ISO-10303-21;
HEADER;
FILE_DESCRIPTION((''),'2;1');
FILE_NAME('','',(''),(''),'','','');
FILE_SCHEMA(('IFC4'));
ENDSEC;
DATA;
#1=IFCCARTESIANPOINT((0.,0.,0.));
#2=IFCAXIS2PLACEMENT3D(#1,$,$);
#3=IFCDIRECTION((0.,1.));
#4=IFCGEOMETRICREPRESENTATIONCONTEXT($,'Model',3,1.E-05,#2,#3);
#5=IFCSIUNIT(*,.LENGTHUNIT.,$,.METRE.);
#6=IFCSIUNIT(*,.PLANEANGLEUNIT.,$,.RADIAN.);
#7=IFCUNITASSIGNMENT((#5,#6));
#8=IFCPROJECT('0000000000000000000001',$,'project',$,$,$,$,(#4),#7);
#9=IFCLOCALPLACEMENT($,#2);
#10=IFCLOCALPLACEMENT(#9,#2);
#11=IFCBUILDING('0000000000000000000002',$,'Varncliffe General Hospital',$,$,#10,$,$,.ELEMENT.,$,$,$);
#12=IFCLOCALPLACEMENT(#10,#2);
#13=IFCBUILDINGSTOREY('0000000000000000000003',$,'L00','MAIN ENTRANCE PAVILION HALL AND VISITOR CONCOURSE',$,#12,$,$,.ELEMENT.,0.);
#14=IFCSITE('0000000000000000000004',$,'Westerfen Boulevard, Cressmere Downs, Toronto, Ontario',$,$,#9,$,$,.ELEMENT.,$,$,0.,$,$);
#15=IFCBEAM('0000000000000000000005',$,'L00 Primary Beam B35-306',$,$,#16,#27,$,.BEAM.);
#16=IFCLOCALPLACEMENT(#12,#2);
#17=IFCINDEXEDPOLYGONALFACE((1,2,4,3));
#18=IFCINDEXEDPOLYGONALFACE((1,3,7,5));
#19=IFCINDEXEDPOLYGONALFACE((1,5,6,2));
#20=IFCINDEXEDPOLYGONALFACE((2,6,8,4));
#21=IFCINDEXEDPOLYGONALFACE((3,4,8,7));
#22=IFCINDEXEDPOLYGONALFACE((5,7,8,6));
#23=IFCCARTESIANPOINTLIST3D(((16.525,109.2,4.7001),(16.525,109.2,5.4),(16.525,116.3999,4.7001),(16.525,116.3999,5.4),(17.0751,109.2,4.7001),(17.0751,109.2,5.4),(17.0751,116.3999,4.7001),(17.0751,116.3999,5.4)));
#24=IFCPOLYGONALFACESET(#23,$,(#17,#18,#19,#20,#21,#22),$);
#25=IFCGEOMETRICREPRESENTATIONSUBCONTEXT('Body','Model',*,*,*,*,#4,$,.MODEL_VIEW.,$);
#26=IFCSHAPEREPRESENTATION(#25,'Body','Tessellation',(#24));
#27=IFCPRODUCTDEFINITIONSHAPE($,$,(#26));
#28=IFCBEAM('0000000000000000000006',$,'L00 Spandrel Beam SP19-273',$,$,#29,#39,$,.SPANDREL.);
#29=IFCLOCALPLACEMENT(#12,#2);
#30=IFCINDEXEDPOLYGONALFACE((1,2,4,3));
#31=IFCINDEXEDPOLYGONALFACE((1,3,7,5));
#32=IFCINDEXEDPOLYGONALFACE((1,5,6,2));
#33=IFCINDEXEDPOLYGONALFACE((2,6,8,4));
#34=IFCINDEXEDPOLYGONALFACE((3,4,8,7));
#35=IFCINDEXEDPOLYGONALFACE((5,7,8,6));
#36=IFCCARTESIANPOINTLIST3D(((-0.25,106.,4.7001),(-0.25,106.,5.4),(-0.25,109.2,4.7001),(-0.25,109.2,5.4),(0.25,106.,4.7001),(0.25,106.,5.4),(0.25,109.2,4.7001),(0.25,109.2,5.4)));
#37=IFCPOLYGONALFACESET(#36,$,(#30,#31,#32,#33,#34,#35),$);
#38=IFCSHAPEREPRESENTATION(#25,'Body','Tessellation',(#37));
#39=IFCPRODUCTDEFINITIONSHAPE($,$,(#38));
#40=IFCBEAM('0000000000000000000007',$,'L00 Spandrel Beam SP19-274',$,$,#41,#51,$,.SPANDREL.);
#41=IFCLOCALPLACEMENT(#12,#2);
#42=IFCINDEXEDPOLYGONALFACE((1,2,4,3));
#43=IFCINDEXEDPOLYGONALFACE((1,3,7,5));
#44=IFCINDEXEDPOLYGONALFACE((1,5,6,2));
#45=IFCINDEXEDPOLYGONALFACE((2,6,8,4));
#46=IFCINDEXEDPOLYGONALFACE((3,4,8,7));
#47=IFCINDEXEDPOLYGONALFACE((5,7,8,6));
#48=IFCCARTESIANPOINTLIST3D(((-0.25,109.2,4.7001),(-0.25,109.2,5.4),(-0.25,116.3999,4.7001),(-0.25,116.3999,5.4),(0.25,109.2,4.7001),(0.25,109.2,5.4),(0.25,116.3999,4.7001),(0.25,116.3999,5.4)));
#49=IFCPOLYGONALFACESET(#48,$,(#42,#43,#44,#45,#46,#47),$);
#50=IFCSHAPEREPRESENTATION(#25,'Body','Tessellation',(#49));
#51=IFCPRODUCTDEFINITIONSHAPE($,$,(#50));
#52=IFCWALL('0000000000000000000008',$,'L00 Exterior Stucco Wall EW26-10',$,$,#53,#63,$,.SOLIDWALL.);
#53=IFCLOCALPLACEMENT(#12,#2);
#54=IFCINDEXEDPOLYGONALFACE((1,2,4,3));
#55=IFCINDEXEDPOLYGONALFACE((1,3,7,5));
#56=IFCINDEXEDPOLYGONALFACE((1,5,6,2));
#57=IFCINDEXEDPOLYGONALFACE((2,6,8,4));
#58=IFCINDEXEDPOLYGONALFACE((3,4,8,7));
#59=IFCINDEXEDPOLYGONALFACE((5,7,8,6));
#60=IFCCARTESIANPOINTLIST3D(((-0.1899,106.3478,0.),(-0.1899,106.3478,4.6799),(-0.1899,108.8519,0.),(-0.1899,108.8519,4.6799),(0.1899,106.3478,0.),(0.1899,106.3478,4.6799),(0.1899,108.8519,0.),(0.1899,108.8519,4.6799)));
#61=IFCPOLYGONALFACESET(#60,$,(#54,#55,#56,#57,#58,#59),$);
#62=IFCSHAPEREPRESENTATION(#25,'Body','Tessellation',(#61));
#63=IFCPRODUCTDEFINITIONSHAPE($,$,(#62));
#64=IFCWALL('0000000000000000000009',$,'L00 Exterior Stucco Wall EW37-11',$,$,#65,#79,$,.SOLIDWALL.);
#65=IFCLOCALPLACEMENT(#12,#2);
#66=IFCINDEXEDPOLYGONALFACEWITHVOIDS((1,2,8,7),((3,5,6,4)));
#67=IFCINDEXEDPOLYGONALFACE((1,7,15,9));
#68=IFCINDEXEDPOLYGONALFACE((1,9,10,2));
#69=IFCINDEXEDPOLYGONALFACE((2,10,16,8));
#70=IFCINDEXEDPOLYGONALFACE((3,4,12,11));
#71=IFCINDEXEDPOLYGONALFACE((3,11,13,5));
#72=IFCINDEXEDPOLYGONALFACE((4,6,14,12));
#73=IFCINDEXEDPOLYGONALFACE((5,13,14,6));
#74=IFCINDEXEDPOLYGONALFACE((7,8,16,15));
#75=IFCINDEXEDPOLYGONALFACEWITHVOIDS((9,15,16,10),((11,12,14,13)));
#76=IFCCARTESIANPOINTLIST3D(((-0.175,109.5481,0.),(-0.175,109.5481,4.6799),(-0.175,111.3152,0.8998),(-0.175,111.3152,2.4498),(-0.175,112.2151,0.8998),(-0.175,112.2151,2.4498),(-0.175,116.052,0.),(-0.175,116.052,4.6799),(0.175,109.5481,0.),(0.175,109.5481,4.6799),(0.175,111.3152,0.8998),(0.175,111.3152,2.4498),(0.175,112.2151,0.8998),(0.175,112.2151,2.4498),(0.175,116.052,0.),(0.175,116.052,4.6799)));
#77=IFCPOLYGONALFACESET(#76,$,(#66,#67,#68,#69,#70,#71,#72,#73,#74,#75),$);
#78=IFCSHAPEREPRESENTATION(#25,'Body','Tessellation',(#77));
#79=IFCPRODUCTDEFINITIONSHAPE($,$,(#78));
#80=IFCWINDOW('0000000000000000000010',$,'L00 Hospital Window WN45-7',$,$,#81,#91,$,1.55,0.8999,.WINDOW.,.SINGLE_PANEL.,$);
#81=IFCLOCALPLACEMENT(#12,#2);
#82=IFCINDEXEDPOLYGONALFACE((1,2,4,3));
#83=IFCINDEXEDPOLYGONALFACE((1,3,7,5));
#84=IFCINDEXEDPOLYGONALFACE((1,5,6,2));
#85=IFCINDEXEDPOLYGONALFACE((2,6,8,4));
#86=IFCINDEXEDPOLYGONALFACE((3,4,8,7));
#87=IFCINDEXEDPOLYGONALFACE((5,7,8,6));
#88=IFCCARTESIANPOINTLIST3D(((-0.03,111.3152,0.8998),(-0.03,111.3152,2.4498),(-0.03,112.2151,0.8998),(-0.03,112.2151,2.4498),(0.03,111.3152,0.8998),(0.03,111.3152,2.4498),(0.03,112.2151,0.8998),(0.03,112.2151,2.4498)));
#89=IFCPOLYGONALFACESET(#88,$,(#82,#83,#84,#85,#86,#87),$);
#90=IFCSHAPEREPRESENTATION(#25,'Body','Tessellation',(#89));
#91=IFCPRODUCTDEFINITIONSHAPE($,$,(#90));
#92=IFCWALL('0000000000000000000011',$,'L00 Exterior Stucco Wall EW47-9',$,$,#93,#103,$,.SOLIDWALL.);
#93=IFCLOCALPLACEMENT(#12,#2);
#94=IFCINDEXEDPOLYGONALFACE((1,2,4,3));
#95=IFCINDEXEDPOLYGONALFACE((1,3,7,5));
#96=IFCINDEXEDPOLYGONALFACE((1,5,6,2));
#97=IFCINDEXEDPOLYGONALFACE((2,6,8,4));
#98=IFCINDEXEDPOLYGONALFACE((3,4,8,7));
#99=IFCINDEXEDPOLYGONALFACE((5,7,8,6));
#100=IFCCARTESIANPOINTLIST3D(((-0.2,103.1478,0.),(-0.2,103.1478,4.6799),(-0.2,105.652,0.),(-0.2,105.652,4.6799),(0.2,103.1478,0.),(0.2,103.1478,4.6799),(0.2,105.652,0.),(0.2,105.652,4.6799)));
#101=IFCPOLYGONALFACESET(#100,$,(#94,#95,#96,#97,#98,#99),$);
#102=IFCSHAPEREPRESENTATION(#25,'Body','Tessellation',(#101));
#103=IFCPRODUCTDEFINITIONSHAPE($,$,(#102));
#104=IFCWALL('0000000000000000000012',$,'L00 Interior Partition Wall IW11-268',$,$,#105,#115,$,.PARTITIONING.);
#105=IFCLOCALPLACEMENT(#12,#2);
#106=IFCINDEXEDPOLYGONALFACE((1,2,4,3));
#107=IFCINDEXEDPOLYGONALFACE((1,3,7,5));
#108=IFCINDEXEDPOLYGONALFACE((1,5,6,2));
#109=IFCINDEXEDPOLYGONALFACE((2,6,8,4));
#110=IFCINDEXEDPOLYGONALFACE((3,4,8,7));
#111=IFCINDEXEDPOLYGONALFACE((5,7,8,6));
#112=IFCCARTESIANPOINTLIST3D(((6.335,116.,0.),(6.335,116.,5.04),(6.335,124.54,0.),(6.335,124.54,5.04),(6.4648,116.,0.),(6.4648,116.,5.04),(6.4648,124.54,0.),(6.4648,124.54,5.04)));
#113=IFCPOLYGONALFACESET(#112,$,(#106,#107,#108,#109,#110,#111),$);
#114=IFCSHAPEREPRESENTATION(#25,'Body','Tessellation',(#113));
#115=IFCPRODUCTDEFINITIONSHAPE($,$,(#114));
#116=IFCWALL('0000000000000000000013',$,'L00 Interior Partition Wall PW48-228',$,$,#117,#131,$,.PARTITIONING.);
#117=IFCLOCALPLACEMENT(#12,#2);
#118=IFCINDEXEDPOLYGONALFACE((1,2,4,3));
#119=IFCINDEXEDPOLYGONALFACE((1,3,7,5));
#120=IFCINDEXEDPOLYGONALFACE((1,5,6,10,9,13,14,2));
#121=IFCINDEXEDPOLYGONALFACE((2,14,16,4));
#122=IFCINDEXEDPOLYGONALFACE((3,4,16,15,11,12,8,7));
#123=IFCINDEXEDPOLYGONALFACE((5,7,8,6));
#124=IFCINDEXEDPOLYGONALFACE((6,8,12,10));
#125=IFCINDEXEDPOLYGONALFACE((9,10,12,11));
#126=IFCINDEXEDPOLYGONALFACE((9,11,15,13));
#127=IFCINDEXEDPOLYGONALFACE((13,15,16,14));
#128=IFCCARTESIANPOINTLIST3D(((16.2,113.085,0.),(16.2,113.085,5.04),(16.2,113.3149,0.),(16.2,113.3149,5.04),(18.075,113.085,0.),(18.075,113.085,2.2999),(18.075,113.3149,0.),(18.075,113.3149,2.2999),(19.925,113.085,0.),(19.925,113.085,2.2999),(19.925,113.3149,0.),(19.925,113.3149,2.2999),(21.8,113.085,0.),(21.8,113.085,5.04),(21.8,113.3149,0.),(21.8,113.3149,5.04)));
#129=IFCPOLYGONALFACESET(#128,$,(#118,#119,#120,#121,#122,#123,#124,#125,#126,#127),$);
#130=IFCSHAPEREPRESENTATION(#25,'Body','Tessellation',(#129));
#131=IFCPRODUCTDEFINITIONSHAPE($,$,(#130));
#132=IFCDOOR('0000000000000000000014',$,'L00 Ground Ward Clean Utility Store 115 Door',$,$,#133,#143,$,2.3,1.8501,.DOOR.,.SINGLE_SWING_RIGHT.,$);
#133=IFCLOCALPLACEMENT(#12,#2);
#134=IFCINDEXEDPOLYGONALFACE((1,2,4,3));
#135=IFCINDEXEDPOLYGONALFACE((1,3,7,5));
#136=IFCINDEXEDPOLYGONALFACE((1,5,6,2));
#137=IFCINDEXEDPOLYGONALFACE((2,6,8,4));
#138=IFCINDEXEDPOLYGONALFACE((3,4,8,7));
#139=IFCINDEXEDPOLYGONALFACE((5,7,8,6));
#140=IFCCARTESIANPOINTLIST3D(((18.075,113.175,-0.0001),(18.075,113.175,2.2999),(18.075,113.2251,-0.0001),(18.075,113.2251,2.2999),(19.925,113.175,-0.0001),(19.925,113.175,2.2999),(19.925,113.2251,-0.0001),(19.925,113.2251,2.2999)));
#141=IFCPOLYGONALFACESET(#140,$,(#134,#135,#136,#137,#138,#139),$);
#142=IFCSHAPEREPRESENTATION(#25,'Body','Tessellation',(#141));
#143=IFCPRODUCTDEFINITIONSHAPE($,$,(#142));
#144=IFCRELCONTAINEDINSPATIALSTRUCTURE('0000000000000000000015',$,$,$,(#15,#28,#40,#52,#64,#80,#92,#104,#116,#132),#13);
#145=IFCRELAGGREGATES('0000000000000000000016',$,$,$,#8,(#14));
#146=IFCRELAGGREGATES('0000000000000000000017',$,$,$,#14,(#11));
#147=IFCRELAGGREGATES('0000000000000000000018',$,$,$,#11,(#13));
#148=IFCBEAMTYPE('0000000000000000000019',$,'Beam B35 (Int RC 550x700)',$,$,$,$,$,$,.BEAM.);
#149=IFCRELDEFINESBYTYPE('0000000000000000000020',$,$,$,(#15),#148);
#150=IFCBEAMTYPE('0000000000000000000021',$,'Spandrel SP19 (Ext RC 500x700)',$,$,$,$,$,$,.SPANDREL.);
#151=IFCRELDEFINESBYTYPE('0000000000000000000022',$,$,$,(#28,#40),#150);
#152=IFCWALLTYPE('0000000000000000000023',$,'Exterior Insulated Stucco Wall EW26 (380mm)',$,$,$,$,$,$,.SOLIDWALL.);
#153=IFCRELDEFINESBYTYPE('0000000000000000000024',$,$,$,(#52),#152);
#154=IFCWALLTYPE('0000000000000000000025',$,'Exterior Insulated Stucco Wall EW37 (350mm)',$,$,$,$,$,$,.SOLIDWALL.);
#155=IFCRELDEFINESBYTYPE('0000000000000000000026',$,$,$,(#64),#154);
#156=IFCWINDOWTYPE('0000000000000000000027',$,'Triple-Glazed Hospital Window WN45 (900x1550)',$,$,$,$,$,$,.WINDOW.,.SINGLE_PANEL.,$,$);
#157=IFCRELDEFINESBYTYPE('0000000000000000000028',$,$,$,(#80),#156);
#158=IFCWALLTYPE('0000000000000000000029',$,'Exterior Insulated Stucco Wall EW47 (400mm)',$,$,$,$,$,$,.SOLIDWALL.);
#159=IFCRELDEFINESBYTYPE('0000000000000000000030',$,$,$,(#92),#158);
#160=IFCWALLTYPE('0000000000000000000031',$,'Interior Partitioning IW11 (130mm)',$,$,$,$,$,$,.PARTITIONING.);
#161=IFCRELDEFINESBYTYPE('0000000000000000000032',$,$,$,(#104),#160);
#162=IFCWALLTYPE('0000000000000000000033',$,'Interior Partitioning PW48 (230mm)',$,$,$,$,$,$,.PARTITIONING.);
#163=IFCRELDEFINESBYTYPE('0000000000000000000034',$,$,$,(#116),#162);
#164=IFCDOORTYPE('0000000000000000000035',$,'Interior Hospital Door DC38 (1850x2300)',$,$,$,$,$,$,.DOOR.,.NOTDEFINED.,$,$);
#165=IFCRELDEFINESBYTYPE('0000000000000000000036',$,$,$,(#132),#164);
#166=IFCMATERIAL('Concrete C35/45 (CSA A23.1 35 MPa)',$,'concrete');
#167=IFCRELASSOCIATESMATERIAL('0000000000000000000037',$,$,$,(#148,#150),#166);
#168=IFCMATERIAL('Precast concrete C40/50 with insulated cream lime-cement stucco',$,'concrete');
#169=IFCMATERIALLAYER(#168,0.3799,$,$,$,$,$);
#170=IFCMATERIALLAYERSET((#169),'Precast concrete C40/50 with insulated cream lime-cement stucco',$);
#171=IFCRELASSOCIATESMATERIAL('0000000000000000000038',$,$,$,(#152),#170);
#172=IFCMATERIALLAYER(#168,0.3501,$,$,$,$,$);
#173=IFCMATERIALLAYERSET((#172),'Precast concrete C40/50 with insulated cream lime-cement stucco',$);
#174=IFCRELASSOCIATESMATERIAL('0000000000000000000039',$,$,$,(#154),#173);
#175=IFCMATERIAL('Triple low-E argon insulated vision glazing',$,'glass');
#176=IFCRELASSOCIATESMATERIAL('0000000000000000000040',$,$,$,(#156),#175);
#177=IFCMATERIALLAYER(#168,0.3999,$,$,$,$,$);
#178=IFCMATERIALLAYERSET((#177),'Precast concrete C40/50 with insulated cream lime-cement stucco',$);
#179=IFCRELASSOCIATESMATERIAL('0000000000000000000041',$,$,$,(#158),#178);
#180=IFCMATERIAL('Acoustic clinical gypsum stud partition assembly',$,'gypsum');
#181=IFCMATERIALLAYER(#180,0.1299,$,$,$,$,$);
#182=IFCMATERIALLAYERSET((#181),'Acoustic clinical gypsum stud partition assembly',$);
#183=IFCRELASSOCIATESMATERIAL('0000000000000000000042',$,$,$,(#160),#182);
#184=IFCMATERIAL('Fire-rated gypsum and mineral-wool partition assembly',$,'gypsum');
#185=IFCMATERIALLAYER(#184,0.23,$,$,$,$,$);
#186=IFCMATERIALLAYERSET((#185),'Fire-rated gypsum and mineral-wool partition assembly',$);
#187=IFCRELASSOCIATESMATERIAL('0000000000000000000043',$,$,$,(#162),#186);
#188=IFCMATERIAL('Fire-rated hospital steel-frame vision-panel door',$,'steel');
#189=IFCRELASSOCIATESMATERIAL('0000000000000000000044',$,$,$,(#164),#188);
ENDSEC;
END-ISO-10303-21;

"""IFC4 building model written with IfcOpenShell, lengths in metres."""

from ifc_helpers import new_model, si_unit, direction, frame, frame_2d, origin, origin_2d, place, context, subcontext, project, spatial, rectangle, extrude, material, layer, layer_set, material_profile, profile_set, type_object, element, fill, save


model = new_model("IFC4")

# Units and contexts
model_context = context("Model", 3, precision=1e-05, world=origin(), true_north=direction((0.0, 1.0)))
body_context = subcontext(model_context, "Body", "Model", "MODEL_VIEW")
ifc_project = project(units=[si_unit("LENGTHUNIT", "METRE"), si_unit("PLANEANGLEUNIT", "RADIAN")], contexts=[model_context])

# Site, building, storey
site_placement = place(None, origin())
site = spatial("IfcSite", under=ifc_project, at=site_placement, Name="Westerfen Boulevard, Cressmere Downs, Toronto, Ontario", CompositionType="ELEMENT", RefElevation=0.0)
building_placement = place(site_placement, origin())
building = spatial("IfcBuilding", under=site, at=building_placement, Name="Varncliffe General Hospital", CompositionType="ELEMENT")
storey_placement = place(building_placement, origin())
storey = spatial("IfcBuildingStorey", under=building, at=storey_placement, Name="L00", Description="MAIN ENTRANCE PAVILION HALL AND VISITOR CONCOURSE", CompositionType="ELEMENT", Elevation=0.0)

# Beams
ifc_material_1 = material(Name="Concrete C35/45 (CSA A23.1 35 MPa)", Category="concrete")
ifc_material_profile_1 = material_profile(ifc_material_1, rectangle(XDim=0.55, YDim=0.7, at=origin_2d()), Name="RC 550x700")
ifc_profile_set_1 = profile_set([ifc_material_profile_1], Name="Concrete C35/45 (CSA A23.1 35 MPa)")
beam_type_1 = type_object("IfcBeamType", Name="Beam B35 (Int RC 550x700)", PredefinedType="BEAM", material=ifc_profile_set_1)
beam_1_placement = place(storey_placement, frame((16.8, 109.2, 5.05), z_axis=(0.0, 1.0, 0.0), x_axis=(-1.0, 0.0, 0.0)))
element("IfcBeam", 1, at=beam_1_placement, inside=storey, type_object=beam_type_1, Name="L00 Primary Beam B35-306", PredefinedType="BEAM", context=body_context, shape_type="SweptSolid", body=[
    extrude(rectangle(XDim=0.55, YDim=0.7, at=origin_2d()), origin(), (0.0, 0.0, 1.0), 7.2),
])
ifc_material_profile_2 = material_profile(ifc_material_1, rectangle(XDim=0.5, YDim=0.7, at=origin_2d()), Name="RC 500x700")
ifc_profile_set_2 = profile_set([ifc_material_profile_2], Name="Concrete C35/45 (CSA A23.1 35 MPa)")
beam_type_2 = type_object("IfcBeamType", Name="Spandrel SP19 (Ext RC 500x700)", PredefinedType="SPANDREL", material=ifc_profile_set_2)
beam_2_placement = place(storey_placement, frame((0.0, 106.0, 5.05), z_axis=(0.0, 1.0, 0.0), x_axis=(-1.0, 0.0, 0.0)))
element("IfcBeam", 2, at=beam_2_placement, inside=storey, type_object=beam_type_2, Name="L00 Spandrel Beam SP19-273", PredefinedType="SPANDREL", context=body_context, shape_type="SweptSolid", body=[
    extrude(rectangle(XDim=0.5, YDim=0.7, at=origin_2d()), origin(), (0.0, 0.0, 1.0), 3.2),
])
beam_3_placement = place(storey_placement, frame((0.0, 109.2, 5.05), z_axis=(0.0, 1.0, 0.0), x_axis=(-1.0, 0.0, 0.0)))
element("IfcBeam", 3, at=beam_3_placement, inside=storey, type_object=beam_type_2, Name="L00 Spandrel Beam SP19-274", PredefinedType="SPANDREL", context=body_context, shape_type="SweptSolid", body=[
    extrude(rectangle(XDim=0.5, YDim=0.7, at=origin_2d()), origin(), (0.0, 0.0, 1.0), 7.2),
])

# Wall
ifc_material_2 = material(Name="Precast concrete C40/50 with insulated cream lime-cement stucco", Category="concrete")
ifc_layer_1 = layer(ifc_material_2, 0.3799)
ifc_layer_set_1 = layer_set([ifc_layer_1], Name="Precast concrete C40/50 with insulated cream lime-cement stucco")
wall_type_1 = type_object("IfcWallType", Name="Exterior Insulated Stucco Wall EW26 (380mm)", PredefinedType="SOLIDWALL", material=ifc_layer_set_1)
wall_1_placement = place(storey_placement, frame((0.0, 106.3479, 0.0), z_axis=(0.0, 0.0, 1.0), x_axis=(0.0, 1.0, 0.0)))
element("IfcWall", 4, at=wall_1_placement, inside=storey, type_object=wall_type_1, Name="L00 Exterior Stucco Wall EW26-10", PredefinedType="SOLIDWALL", context=body_context, shape_type="SweptSolid", body=[
    extrude(rectangle(XDim=2.5042, YDim=0.3799, at=frame_2d((1.252, 0.0))), origin(), (0.0, 0.0, 1.0), 4.6799),
])

# Wall, opening, window
ifc_layer_2 = layer(ifc_material_2, 0.3501)
ifc_layer_set_2 = layer_set([ifc_layer_2], Name="Precast concrete C40/50 with insulated cream lime-cement stucco")
wall_type_2 = type_object("IfcWallType", Name="Exterior Insulated Stucco Wall EW37 (350mm)", PredefinedType="SOLIDWALL", material=ifc_layer_set_2)
wall_2_placement = place(storey_placement, frame((0.0, 109.5481, 0.0), z_axis=(0.0, 0.0, 1.0), x_axis=(0.0, 1.0, 0.0)))
wall_2 = element("IfcWall", 5, at=wall_2_placement, inside=storey, type_object=wall_type_2, Name="L00 Exterior Stucco Wall EW37-11", PredefinedType="SOLIDWALL", context=body_context, shape_type="SweptSolid", body=[
    extrude(rectangle(XDim=6.5039, YDim=0.3501, at=frame_2d((3.252, 0.0))), origin(), (0.0, 0.0, 1.0), 4.6799),
])
opening_1_placement = place(wall_2_placement, frame((1.7671, 0.0, 0.8999)))
opening_1 = element("IfcOpeningElement", 6, at=opening_1_placement, cuts=wall_2, PredefinedType="OPENING", context=body_context, shape_type="SweptSolid", body=[
    extrude(rectangle(XDim=0.8999, YDim=1.55, at=frame_2d((0.45, 0.7749))), frame((0.0, 0.1851, 0.0), z_axis=(0.0, -1.0, 0.0), x_axis=(1.0, 0.0, 0.0)), (0.0, 0.0, 1.0), 0.3701),
])
ifc_material_3 = material(Name="Triple low-E argon insulated vision glazing", Category="glass")
window_type = type_object("IfcWindowType", Name="Triple-Glazed Hospital Window WN45 (900x1550)", PartitioningType="SINGLE_PANEL", PredefinedType="WINDOW", material=ifc_material_3)
window_placement = place(opening_1_placement, origin())
window = element("IfcWindow", 7, at=window_placement, inside=storey, type_object=window_type, Name="L00 Hospital Window WN45-7", OverallHeight=1.55, OverallWidth=0.8999, PartitioningType="SINGLE_PANEL", PredefinedType="WINDOW", context=body_context, shape_type="SweptSolid", body=[
    extrude(rectangle(XDim=0.8999, YDim=1.55, at=frame_2d((0.45, 0.7749))), frame((0.0, 0.03, 0.0), z_axis=(0.0, -1.0, 0.0), x_axis=(1.0, 0.0, 0.0)), (0.0, 0.0, 1.0), 0.0601),
])
fill(opening_1, window)

# Walls
ifc_layer_3 = layer(ifc_material_2, 0.3999)
ifc_layer_set_3 = layer_set([ifc_layer_3], Name="Precast concrete C40/50 with insulated cream lime-cement stucco")
wall_type_3 = type_object("IfcWallType", Name="Exterior Insulated Stucco Wall EW47 (400mm)", PredefinedType="SOLIDWALL", material=ifc_layer_set_3)
wall_3_placement = place(storey_placement, frame((0.0, 103.1479, 0.0), z_axis=(0.0, 0.0, 1.0), x_axis=(0.0, 1.0, 0.0)))
element("IfcWall", 8, at=wall_3_placement, inside=storey, type_object=wall_type_3, Name="L00 Exterior Stucco Wall EW47-9", PredefinedType="SOLIDWALL", context=body_context, shape_type="SweptSolid", body=[
    extrude(rectangle(XDim=2.5042, YDim=0.3999, at=frame_2d((1.252, 0.0))), origin(), (0.0, 0.0, 1.0), 4.6799),
])
ifc_material_4 = material(Name="Acoustic clinical gypsum stud partition assembly", Category="gypsum")
ifc_layer_4 = layer(ifc_material_4, 0.1299)
ifc_layer_set_4 = layer_set([ifc_layer_4], Name="Acoustic clinical gypsum stud partition assembly")
wall_type_4 = type_object("IfcWallType", Name="Interior Partitioning IW11 (130mm)", PredefinedType="PARTITIONING", material=ifc_layer_set_4)
wall_4_placement = place(storey_placement, frame((6.3999, 116.0, 0.0), z_axis=(0.0, 0.0, 1.0), x_axis=(0.0, 1.0, 0.0)))
element("IfcWall", 9, at=wall_4_placement, inside=storey, type_object=wall_type_4, Name="L00 Interior Partition Wall IW11-268", PredefinedType="PARTITIONING", context=body_context, shape_type="SweptSolid", body=[
    extrude(rectangle(XDim=8.54, YDim=0.1299, at=frame_2d((4.27, 0.0))), origin(), (0.0, 0.0, 1.0), 5.04),
])

# Wall, opening, door
ifc_material_5 = material(Name="Fire-rated gypsum and mineral-wool partition assembly", Category="gypsum")
ifc_layer_5 = layer(ifc_material_5, 0.23)
ifc_layer_set_5 = layer_set([ifc_layer_5], Name="Fire-rated gypsum and mineral-wool partition assembly")
wall_type_5 = type_object("IfcWallType", Name="Interior Partitioning PW48 (230mm)", PredefinedType="PARTITIONING", material=ifc_layer_set_5)
wall_5_placement = place(storey_placement, frame((16.2, 113.2, 0.0), z_axis=(0.0, 0.0, 1.0), x_axis=(1.0, 0.0, 0.0)))
wall_5 = element("IfcWall", 10, at=wall_5_placement, inside=storey, type_object=wall_type_5, Name="L00 Interior Partition Wall PW48-228", PredefinedType="PARTITIONING", context=body_context, shape_type="SweptSolid", body=[
    extrude(rectangle(XDim=5.6001, YDim=0.23, at=frame_2d((2.8, 0.0))), origin(), (0.0, 0.0, 1.0), 5.04),
])
opening_2_placement = place(wall_5_placement, frame((1.875, 0.0, 0.0)))
opening_2 = element("IfcOpeningElement", 11, at=opening_2_placement, cuts=wall_5, PredefinedType="OPENING", context=body_context, shape_type="SweptSolid", body=[
    extrude(rectangle(XDim=1.8501, YDim=2.3, at=frame_2d((0.925, 1.1499))), frame((0.0, 0.125, 0.0), z_axis=(0.0, -1.0, 0.0), x_axis=(1.0, 0.0, 0.0)), (0.0, 0.0, 1.0), 0.25),
])
ifc_material_6 = material(Name="Fire-rated hospital steel-frame vision-panel door", Category="steel")
door_type_1 = type_object("IfcDoorType", Name="Interior Hospital Door DC38 (1850x2300)", OperationType="NOTDEFINED", PredefinedType="DOOR", material=ifc_material_6)
door_1_placement = place(opening_2_placement, frame((1.8501, 0.0, 0.0), z_axis=(0.0, 0.0, 1.0), x_axis=(-1.0, 0.0, 0.0)))
door_1 = element("IfcDoor", 12, at=door_1_placement, inside=storey, type_object=door_type_1, Name="L00 Ground Ward Clean Utility Store 115 Door", OperationType="SINGLE_SWING_RIGHT", OverallHeight=2.3, OverallWidth=1.8501, PredefinedType="DOOR", context=body_context, shape_type="SweptSolid", body=[
    extrude(rectangle(XDim=1.8501, YDim=2.3, at=frame_2d((0.925, 1.1499))), frame((0.0, 0.0249, 0.0), z_axis=(0.0, -1.0, 0.0), x_axis=(1.0, 0.0, 0.0)), (0.0, 0.0, 1.0), 0.05),
])
fill(opening_2, door_1)

save(model, "model.ifc")
